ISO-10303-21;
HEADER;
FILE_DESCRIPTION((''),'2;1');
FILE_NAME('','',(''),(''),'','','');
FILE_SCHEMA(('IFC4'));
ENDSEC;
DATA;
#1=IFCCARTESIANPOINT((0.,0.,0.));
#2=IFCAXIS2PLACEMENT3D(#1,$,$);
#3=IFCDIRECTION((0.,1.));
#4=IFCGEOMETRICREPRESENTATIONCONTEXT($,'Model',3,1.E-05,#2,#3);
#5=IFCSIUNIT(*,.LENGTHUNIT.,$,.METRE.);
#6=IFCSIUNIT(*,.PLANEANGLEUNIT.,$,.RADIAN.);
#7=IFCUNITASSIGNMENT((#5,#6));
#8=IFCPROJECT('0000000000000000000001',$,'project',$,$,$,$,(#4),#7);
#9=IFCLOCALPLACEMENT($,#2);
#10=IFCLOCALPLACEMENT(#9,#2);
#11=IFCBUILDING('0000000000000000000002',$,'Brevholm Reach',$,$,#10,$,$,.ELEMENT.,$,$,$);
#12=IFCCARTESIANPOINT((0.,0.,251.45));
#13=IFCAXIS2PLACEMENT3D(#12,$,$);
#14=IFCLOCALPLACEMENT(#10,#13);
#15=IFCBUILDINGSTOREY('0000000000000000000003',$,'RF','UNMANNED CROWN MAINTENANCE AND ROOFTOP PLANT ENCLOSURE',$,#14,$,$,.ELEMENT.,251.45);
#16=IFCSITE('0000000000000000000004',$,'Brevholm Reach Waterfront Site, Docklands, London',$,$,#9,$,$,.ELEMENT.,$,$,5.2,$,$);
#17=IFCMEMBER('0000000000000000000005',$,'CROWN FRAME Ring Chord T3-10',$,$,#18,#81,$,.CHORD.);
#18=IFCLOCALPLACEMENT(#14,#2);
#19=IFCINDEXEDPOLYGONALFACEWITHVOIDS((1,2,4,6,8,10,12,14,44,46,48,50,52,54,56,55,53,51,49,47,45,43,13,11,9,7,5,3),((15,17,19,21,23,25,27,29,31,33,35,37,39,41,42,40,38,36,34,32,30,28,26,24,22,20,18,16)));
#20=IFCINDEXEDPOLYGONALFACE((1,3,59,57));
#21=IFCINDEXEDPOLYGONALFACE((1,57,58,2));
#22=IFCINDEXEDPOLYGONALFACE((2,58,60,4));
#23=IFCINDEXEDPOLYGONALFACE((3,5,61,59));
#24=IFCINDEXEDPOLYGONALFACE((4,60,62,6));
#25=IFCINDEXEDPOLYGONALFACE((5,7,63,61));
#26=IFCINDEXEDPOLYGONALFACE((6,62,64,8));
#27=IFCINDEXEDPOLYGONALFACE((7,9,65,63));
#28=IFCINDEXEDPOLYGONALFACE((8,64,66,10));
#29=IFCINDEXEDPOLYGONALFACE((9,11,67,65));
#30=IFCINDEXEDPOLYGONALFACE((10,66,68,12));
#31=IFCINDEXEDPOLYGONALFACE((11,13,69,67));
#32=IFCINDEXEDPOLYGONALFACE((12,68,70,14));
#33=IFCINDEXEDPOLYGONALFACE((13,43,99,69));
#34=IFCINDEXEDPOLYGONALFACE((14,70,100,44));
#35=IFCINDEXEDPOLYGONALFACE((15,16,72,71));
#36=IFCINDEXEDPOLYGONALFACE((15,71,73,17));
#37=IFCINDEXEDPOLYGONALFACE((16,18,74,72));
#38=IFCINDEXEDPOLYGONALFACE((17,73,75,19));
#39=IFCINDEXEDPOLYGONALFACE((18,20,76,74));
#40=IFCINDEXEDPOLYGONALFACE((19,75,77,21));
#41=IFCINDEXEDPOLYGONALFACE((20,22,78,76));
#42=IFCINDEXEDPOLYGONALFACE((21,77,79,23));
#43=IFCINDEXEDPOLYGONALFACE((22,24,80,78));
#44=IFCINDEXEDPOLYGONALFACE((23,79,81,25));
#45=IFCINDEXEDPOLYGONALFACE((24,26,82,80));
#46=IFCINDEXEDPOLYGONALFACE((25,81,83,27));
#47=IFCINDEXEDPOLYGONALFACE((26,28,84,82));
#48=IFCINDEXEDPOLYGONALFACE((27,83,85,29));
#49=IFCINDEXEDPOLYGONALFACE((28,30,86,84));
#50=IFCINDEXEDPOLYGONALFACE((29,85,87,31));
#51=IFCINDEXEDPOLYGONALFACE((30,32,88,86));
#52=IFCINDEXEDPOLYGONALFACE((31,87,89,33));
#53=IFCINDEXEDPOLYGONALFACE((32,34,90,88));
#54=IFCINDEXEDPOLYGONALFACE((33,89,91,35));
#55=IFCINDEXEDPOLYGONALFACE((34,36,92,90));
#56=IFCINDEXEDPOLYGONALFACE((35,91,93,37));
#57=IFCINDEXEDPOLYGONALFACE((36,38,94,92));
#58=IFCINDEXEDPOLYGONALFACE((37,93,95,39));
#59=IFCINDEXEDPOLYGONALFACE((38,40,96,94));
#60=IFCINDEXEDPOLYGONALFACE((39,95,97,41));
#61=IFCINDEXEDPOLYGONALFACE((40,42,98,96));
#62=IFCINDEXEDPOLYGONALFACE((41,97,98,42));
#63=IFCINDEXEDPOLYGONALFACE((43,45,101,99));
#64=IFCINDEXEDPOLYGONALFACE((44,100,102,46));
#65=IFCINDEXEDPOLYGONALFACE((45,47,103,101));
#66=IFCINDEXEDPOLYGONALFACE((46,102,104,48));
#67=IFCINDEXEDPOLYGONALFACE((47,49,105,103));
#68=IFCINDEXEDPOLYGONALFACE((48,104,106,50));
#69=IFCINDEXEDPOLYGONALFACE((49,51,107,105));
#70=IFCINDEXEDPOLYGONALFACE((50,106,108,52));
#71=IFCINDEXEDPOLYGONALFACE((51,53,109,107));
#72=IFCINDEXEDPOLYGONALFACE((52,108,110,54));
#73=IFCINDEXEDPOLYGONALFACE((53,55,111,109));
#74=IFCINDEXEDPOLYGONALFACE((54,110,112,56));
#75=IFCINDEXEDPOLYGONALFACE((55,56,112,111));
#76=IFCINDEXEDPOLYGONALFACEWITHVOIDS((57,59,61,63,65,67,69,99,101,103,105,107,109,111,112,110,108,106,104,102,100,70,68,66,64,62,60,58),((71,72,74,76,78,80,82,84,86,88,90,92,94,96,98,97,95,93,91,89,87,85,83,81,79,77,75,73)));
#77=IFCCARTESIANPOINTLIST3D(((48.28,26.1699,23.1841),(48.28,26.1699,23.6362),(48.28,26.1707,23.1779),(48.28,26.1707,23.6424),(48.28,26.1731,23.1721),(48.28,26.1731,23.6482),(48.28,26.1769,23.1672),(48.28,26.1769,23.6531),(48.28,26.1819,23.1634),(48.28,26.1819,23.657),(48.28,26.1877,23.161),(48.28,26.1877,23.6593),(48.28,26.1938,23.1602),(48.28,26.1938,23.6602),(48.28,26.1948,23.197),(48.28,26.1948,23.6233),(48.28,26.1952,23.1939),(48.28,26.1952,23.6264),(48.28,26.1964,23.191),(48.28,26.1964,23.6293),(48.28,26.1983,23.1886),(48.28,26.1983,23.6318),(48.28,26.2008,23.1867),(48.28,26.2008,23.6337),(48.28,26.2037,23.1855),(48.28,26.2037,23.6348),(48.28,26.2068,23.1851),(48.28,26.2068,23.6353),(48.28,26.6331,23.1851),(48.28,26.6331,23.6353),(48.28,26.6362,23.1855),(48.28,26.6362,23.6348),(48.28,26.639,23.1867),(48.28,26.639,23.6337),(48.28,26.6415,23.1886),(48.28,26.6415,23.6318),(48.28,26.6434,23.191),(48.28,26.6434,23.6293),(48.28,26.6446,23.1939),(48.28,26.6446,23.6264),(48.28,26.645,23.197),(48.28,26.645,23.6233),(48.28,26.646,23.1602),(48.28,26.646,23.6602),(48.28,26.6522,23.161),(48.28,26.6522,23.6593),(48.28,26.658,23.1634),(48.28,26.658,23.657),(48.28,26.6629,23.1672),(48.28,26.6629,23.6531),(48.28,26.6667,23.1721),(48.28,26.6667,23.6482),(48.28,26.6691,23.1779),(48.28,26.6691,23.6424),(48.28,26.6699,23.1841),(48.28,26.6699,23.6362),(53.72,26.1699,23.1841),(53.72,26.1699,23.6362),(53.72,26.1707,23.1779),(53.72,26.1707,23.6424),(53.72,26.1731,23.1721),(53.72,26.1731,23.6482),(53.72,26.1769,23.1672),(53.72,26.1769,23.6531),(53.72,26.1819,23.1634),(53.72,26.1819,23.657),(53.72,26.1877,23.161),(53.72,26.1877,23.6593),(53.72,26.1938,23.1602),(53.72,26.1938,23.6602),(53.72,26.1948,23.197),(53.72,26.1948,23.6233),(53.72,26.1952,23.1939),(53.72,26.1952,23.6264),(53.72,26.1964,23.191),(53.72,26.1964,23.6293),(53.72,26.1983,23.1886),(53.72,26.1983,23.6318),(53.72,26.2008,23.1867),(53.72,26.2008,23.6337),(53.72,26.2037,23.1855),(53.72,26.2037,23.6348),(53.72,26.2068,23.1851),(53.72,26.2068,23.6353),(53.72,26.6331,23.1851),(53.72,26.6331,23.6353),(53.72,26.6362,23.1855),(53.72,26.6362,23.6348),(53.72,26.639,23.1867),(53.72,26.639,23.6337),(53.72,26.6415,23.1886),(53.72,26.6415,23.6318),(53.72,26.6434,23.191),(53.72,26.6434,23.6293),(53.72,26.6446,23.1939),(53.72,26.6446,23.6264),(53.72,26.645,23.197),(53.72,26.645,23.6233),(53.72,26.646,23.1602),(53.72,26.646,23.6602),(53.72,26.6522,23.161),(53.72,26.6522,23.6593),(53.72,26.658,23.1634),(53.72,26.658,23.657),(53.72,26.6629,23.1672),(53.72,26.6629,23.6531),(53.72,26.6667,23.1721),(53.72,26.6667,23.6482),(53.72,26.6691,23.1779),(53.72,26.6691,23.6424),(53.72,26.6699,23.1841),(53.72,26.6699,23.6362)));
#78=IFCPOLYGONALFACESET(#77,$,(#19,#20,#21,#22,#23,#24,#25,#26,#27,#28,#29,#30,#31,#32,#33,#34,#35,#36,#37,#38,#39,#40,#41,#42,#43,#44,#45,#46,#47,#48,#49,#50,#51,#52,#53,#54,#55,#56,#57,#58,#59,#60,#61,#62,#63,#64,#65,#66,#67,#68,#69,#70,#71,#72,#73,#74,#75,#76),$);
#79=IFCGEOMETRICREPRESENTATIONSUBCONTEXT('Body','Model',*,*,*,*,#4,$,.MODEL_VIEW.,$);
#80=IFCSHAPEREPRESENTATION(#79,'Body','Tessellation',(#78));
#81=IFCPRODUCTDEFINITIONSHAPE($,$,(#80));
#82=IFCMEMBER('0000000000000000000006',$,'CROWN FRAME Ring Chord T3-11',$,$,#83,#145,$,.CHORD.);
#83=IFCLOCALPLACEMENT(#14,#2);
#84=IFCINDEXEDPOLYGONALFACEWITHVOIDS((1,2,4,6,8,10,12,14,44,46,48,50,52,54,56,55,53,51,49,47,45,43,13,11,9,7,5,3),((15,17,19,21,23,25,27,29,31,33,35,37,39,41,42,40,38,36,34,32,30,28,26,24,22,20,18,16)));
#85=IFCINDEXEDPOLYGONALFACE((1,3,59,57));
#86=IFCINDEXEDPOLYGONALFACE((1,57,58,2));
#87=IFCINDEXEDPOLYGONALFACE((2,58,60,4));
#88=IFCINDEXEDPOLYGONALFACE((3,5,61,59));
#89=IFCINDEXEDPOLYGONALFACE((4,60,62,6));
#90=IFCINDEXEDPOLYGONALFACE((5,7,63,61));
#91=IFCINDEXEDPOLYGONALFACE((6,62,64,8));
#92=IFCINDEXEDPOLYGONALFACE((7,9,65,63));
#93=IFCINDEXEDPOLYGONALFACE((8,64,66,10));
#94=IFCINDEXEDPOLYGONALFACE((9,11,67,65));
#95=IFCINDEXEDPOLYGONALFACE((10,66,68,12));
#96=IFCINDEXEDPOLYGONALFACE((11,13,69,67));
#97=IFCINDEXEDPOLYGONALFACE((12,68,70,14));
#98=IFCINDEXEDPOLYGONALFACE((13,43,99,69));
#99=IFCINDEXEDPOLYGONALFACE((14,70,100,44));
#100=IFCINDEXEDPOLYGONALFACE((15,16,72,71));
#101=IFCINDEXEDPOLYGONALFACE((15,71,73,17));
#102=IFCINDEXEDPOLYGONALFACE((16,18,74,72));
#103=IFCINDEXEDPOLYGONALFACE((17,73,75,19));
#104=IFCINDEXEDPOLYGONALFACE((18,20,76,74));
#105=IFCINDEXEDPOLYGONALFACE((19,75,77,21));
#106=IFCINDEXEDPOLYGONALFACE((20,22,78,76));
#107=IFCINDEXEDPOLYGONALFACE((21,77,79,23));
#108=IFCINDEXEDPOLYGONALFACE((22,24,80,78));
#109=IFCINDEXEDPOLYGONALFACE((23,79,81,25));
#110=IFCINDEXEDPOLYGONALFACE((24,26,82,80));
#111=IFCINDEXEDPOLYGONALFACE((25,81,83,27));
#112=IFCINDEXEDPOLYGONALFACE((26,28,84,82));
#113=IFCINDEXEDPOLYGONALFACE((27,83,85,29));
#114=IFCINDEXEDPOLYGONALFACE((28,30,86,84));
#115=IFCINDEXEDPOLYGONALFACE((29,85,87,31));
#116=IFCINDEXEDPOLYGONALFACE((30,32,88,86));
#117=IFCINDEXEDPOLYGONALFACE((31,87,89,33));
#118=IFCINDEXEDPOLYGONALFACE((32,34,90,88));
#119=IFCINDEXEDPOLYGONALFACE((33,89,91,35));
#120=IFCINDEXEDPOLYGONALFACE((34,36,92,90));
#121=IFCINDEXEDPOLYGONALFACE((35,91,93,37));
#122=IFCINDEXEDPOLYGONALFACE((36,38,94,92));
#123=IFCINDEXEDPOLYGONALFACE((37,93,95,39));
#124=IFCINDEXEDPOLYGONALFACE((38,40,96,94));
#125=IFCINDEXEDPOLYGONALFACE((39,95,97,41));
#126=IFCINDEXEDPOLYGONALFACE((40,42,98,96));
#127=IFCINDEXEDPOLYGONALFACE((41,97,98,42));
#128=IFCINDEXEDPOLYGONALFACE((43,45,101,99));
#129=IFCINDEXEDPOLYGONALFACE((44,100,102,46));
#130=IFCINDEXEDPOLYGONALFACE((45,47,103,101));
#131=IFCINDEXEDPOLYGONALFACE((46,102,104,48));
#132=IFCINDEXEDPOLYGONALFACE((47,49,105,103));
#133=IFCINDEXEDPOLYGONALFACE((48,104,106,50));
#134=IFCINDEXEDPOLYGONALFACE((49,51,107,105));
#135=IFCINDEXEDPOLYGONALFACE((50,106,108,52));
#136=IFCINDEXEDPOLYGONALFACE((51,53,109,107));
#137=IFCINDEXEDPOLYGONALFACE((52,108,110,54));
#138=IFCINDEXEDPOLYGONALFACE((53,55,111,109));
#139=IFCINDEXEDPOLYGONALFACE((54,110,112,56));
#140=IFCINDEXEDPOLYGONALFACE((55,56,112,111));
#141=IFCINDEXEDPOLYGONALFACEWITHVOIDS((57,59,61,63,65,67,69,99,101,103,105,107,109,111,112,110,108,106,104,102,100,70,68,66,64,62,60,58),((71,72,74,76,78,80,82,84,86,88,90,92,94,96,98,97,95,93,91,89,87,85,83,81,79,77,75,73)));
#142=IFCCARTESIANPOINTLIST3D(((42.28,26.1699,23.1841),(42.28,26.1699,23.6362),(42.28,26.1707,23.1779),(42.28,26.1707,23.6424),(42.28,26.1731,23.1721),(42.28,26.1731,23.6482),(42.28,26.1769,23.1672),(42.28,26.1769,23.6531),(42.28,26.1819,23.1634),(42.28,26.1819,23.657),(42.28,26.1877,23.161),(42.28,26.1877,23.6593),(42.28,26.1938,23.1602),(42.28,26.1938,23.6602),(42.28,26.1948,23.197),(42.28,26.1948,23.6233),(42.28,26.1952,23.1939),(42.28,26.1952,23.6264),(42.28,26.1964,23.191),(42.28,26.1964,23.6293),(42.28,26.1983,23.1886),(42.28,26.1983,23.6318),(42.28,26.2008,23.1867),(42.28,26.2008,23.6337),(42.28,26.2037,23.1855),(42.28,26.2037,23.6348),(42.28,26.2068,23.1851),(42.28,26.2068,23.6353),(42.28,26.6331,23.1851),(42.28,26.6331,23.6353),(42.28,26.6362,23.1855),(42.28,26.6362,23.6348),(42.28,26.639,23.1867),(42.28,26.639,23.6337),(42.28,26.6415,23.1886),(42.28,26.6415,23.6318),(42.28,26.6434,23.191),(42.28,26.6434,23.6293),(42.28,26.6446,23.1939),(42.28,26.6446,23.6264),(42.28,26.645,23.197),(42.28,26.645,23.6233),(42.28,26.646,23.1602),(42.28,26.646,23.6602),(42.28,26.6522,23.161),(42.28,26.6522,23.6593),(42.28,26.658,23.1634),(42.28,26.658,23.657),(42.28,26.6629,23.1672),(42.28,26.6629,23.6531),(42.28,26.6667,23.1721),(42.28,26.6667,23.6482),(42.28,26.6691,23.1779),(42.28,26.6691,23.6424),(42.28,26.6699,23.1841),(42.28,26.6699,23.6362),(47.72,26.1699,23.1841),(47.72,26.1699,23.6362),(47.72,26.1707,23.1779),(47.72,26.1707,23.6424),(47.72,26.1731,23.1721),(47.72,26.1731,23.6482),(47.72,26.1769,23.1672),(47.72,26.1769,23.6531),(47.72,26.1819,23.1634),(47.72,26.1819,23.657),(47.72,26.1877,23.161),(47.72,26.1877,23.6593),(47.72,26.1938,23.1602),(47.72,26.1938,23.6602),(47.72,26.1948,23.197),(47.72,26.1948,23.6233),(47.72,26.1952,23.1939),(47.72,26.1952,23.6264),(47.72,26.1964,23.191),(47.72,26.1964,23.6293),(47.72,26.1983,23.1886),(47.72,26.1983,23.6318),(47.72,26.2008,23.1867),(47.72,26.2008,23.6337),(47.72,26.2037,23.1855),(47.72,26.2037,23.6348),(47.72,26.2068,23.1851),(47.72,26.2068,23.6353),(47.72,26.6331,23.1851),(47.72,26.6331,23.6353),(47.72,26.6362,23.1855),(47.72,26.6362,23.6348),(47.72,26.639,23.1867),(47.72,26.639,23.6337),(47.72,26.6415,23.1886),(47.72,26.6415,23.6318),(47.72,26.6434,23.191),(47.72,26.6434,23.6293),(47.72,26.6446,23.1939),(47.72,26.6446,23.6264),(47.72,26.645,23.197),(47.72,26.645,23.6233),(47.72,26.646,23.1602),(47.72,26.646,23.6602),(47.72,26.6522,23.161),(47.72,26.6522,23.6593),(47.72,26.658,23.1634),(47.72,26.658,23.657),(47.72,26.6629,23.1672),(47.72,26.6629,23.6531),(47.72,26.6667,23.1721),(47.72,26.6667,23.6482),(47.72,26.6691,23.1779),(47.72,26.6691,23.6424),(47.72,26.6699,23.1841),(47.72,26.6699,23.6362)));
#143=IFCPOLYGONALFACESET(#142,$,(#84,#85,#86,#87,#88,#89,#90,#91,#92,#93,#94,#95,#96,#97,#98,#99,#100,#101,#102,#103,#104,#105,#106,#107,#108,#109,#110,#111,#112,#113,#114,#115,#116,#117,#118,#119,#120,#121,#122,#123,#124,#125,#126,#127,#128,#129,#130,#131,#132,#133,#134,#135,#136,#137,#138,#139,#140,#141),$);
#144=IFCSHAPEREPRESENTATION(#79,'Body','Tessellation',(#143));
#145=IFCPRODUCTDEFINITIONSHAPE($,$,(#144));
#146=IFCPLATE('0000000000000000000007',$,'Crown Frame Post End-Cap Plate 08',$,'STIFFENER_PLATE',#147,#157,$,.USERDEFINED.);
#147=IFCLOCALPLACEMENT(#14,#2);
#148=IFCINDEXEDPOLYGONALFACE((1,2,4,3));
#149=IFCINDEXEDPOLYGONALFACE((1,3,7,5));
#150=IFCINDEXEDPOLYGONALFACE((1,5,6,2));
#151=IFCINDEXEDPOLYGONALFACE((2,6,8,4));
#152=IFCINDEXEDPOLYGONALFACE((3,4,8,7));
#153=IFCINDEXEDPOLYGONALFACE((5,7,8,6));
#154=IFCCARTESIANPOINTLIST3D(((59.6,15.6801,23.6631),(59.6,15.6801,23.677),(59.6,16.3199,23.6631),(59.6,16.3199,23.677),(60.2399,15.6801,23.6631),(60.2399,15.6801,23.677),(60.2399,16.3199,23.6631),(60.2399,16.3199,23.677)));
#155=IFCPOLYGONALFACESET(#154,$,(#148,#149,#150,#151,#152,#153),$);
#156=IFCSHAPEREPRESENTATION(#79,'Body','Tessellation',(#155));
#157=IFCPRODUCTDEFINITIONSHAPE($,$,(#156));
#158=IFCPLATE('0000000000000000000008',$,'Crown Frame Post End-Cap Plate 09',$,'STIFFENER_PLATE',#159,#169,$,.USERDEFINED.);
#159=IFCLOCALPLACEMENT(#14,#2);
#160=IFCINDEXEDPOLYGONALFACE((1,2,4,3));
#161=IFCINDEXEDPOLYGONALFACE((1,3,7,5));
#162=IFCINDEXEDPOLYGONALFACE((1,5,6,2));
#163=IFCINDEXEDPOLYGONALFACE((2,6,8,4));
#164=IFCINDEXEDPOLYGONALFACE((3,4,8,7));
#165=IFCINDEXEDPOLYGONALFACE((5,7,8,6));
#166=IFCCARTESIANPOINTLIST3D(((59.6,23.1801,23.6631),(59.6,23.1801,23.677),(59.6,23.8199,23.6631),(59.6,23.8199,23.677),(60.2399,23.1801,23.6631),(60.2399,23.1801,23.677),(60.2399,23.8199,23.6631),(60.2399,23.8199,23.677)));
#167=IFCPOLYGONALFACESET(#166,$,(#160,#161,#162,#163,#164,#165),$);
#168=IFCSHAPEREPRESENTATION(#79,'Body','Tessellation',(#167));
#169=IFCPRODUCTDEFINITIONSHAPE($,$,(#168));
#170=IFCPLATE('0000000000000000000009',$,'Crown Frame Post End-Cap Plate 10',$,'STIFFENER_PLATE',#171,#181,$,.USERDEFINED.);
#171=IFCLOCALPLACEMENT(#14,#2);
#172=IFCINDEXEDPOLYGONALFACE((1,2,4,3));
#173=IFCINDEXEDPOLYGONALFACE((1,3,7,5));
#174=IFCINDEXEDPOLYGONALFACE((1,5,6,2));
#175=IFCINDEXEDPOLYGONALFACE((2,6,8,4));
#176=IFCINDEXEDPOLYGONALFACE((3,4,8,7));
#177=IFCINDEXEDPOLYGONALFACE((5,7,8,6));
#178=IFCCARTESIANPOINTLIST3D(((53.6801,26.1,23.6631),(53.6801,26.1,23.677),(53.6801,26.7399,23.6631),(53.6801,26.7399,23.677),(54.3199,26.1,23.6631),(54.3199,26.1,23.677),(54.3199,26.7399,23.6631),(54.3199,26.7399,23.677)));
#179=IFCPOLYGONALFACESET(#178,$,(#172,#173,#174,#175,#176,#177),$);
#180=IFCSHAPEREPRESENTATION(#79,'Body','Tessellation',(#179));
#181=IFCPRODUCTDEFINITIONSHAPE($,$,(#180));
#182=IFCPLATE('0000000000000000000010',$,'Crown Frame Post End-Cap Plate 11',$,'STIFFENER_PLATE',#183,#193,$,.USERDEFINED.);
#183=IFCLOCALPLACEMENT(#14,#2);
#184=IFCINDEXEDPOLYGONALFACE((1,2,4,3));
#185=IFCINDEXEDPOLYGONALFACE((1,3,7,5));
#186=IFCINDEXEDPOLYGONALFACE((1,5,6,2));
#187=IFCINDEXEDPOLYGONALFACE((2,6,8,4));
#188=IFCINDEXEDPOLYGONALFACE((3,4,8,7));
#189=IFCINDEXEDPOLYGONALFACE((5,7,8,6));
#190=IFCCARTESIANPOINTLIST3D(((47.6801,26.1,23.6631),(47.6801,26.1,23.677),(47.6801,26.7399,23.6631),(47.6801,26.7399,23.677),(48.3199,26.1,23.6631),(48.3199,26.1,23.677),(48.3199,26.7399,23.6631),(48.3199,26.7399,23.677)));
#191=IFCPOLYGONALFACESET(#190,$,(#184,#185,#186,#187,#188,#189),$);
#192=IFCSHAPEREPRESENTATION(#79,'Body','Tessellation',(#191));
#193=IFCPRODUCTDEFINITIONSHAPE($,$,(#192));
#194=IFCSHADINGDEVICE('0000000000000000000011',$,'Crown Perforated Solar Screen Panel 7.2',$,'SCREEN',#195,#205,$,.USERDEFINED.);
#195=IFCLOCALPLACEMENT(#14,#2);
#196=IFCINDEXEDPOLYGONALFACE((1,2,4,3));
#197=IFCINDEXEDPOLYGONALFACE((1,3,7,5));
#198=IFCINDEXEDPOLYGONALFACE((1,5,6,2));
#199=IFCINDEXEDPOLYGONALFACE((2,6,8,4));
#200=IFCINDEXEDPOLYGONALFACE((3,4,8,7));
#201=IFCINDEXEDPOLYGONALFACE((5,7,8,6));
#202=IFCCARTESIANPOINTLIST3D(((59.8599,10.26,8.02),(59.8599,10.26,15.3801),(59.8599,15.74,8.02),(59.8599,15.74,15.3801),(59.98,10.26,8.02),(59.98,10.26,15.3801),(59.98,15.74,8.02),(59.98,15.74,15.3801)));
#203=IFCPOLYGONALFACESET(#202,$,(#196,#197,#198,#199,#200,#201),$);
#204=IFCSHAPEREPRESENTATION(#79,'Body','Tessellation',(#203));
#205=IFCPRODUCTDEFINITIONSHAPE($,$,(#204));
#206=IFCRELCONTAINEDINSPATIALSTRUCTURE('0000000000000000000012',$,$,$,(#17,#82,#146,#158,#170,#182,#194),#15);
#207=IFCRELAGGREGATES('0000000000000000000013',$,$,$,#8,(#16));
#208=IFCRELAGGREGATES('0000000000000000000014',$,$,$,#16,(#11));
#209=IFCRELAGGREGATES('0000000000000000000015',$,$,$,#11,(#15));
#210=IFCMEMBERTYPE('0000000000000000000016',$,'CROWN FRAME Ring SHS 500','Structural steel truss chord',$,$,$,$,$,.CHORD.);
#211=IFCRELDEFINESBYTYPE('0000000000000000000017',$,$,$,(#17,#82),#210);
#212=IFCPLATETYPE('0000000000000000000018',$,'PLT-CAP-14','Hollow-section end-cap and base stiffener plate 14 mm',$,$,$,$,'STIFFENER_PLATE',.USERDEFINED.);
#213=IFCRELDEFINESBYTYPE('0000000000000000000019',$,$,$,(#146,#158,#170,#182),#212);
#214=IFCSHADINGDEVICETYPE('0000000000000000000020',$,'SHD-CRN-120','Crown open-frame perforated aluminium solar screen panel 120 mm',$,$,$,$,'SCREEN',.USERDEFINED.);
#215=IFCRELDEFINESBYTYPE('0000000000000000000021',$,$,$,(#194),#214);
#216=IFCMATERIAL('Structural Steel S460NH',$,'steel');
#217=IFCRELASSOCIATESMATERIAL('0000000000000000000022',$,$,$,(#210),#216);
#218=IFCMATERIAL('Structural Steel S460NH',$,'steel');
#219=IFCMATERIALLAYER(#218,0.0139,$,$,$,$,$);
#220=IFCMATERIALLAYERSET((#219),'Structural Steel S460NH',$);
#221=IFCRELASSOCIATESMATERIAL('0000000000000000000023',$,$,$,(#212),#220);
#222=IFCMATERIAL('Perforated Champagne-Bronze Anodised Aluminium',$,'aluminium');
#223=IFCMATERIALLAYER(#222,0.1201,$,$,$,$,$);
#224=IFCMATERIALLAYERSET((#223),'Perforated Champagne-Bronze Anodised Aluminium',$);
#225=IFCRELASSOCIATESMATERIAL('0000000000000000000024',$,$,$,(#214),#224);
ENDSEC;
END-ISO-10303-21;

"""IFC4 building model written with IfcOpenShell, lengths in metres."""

from ifc_helpers import new_model, si_unit, direction, frame, origin, origin_2d, place, context, subcontext, project, spatial, rectangle, hollow_rectangle, extrude, material, layer, layer_set, material_profile, profile_set, type_object, element, save


model = new_model("IFC4")

# Units and contexts
model_context = context("Model", 3, precision=1e-05, world=origin(), true_north=direction((0.0, 1.0)))
body_context = subcontext(model_context, "Body", "Model", "MODEL_VIEW")
ifc_project = project(units=[si_unit("LENGTHUNIT", "METRE"), si_unit("PLANEANGLEUNIT", "RADIAN")], contexts=[model_context])

# Site, building, storey
site_placement = place(None, origin())
site = spatial("IfcSite", under=ifc_project, at=site_placement, Name="Brevholm Reach Waterfront Site, Docklands, London", CompositionType="ELEMENT", RefElevation=5.2)
building_placement = place(site_placement, origin())
building = spatial("IfcBuilding", under=site, at=building_placement, Name="Brevholm Reach", CompositionType="ELEMENT")
storey_placement = place(building_placement, frame((0.0, 0.0, 251.45)))
storey = spatial("IfcBuildingStorey", under=building, at=storey_placement, Name="RF", Description="UNMANNED CROWN MAINTENANCE AND ROOFTOP PLANT ENCLOSURE", CompositionType="ELEMENT", Elevation=251.45)

# Members
ifc_material_1 = material(Name="Structural Steel S460NH", Category="steel")
ifc_material_profile_1 = material_profile(ifc_material_1, hollow_rectangle(XDim=0.5, YDim=0.5, WallThickness=0.0249, InnerFilletRadius=0.012, OuterFilletRadius=0.0239, at=origin_2d()), Name="SHS 500x500x25")
ifc_profile_set_1 = profile_set([ifc_material_profile_1], Name="Structural Steel S460NH")
member_type_1 = type_object("IfcMemberType", Name="CROWN FRAME Ring SHS 500", Description="Structural steel truss chord", PredefinedType="CHORD", material=ifc_profile_set_1)
for number, where, z_axis, x_axis, name in (
    (1, (53.72, 26.4199, 23.4102), (-1.0, 0.0, 0.0), (0.0, -1.0, 0.0), "CROWN FRAME Ring Chord T3-10"),
    (2, (47.72, 26.4199, 23.4102), (-1.0, 0.0, 0.0), (0.0, -1.0, 0.0), "CROWN FRAME Ring Chord T3-11"),
):
    element("IfcMember", number, at=place(storey_placement, frame(where, z_axis=z_axis, x_axis=x_axis)), inside=storey, type_object=member_type_1, Name=name, PredefinedType="CHORD", context=body_context, shape_type="SweptSolid", body=[
        extrude(hollow_rectangle(XDim=0.5, YDim=0.5, WallThickness=0.0249, InnerFilletRadius=0.012, OuterFilletRadius=0.0239, at=origin_2d()), origin(), (0.0, 0.0, 1.0), 5.4399),
    ])

# Plates
ifc_material_2 = material(Name="Structural Steel S460NH", Category="steel")
ifc_layer_1 = layer(ifc_material_2, 0.0139)
ifc_layer_set_1 = layer_set([ifc_layer_1], Name="Structural Steel S460NH")
plate_type = type_object("IfcPlateType", Name="PLT-CAP-14", Description="Hollow-section end-cap and base stiffener plate 14 mm", ElementType="STIFFENER_PLATE", PredefinedType="USERDEFINED", material=ifc_layer_set_1)
for number, where, z_axis, x_axis, name in (
    (3, (59.9199, 16.0, 23.6631), (0.0, 0.0, 1.0), (1.0, 0.0, 0.0), "Crown Frame Post End-Cap Plate 08"),
    (4, (59.9199, 23.5, 23.6631), (0.0, 0.0, 1.0), (1.0, 0.0, 0.0), "Crown Frame Post End-Cap Plate 09"),
    (5, (54.0, 26.4199, 23.6631), (0.0, 0.0, 1.0), (1.0, 0.0, 0.0), "Crown Frame Post End-Cap Plate 10"),
    (6, (48.0, 26.4199, 23.6631), (0.0, 0.0, 1.0), (1.0, 0.0, 0.0), "Crown Frame Post End-Cap Plate 11"),
):
    element("IfcPlate", number, at=place(storey_placement, frame(where, z_axis=z_axis, x_axis=x_axis)), inside=storey, type_object=plate_type, Name=name, ObjectType="STIFFENER_PLATE", PredefinedType="USERDEFINED", context=body_context, shape_type="SweptSolid", body=[
        extrude(rectangle(XDim=0.6399, YDim=0.6399, at=origin_2d()), origin(), (0.0, 0.0, 1.0), 0.0139),
    ])

# Shading device
ifc_material_3 = material(Name="Perforated Champagne-Bronze Anodised Aluminium", Category="aluminium")
ifc_layer_2 = layer(ifc_material_3, 0.1201)
ifc_layer_set_2 = layer_set([ifc_layer_2], Name="Perforated Champagne-Bronze Anodised Aluminium")
shading_device_type = type_object("IfcShadingDeviceType", Name="SHD-CRN-120", Description="Crown open-frame perforated aluminium solar screen panel 120 mm", ElementType="SCREEN", PredefinedType="USERDEFINED", material=ifc_layer_set_2)
shading_device_1_placement = place(storey_placement, frame((59.9199, 13.0, 8.02), z_axis=(0.0, 0.0, 1.0), x_axis=(0.0, 1.0, 0.0)))
element("IfcShadingDevice", 7, at=shading_device_1_placement, inside=storey, type_object=shading_device_type, Name="Crown Perforated Solar Screen Panel 7.2", ObjectType="SCREEN", PredefinedType="USERDEFINED", context=body_context, shape_type="SweptSolid", body=[
    extrude(rectangle(XDim=5.48, YDim=0.1201, at=origin_2d()), origin(), (0.0, 0.0, 1.0), 7.3601),
])

save(model, "model.ifc")
